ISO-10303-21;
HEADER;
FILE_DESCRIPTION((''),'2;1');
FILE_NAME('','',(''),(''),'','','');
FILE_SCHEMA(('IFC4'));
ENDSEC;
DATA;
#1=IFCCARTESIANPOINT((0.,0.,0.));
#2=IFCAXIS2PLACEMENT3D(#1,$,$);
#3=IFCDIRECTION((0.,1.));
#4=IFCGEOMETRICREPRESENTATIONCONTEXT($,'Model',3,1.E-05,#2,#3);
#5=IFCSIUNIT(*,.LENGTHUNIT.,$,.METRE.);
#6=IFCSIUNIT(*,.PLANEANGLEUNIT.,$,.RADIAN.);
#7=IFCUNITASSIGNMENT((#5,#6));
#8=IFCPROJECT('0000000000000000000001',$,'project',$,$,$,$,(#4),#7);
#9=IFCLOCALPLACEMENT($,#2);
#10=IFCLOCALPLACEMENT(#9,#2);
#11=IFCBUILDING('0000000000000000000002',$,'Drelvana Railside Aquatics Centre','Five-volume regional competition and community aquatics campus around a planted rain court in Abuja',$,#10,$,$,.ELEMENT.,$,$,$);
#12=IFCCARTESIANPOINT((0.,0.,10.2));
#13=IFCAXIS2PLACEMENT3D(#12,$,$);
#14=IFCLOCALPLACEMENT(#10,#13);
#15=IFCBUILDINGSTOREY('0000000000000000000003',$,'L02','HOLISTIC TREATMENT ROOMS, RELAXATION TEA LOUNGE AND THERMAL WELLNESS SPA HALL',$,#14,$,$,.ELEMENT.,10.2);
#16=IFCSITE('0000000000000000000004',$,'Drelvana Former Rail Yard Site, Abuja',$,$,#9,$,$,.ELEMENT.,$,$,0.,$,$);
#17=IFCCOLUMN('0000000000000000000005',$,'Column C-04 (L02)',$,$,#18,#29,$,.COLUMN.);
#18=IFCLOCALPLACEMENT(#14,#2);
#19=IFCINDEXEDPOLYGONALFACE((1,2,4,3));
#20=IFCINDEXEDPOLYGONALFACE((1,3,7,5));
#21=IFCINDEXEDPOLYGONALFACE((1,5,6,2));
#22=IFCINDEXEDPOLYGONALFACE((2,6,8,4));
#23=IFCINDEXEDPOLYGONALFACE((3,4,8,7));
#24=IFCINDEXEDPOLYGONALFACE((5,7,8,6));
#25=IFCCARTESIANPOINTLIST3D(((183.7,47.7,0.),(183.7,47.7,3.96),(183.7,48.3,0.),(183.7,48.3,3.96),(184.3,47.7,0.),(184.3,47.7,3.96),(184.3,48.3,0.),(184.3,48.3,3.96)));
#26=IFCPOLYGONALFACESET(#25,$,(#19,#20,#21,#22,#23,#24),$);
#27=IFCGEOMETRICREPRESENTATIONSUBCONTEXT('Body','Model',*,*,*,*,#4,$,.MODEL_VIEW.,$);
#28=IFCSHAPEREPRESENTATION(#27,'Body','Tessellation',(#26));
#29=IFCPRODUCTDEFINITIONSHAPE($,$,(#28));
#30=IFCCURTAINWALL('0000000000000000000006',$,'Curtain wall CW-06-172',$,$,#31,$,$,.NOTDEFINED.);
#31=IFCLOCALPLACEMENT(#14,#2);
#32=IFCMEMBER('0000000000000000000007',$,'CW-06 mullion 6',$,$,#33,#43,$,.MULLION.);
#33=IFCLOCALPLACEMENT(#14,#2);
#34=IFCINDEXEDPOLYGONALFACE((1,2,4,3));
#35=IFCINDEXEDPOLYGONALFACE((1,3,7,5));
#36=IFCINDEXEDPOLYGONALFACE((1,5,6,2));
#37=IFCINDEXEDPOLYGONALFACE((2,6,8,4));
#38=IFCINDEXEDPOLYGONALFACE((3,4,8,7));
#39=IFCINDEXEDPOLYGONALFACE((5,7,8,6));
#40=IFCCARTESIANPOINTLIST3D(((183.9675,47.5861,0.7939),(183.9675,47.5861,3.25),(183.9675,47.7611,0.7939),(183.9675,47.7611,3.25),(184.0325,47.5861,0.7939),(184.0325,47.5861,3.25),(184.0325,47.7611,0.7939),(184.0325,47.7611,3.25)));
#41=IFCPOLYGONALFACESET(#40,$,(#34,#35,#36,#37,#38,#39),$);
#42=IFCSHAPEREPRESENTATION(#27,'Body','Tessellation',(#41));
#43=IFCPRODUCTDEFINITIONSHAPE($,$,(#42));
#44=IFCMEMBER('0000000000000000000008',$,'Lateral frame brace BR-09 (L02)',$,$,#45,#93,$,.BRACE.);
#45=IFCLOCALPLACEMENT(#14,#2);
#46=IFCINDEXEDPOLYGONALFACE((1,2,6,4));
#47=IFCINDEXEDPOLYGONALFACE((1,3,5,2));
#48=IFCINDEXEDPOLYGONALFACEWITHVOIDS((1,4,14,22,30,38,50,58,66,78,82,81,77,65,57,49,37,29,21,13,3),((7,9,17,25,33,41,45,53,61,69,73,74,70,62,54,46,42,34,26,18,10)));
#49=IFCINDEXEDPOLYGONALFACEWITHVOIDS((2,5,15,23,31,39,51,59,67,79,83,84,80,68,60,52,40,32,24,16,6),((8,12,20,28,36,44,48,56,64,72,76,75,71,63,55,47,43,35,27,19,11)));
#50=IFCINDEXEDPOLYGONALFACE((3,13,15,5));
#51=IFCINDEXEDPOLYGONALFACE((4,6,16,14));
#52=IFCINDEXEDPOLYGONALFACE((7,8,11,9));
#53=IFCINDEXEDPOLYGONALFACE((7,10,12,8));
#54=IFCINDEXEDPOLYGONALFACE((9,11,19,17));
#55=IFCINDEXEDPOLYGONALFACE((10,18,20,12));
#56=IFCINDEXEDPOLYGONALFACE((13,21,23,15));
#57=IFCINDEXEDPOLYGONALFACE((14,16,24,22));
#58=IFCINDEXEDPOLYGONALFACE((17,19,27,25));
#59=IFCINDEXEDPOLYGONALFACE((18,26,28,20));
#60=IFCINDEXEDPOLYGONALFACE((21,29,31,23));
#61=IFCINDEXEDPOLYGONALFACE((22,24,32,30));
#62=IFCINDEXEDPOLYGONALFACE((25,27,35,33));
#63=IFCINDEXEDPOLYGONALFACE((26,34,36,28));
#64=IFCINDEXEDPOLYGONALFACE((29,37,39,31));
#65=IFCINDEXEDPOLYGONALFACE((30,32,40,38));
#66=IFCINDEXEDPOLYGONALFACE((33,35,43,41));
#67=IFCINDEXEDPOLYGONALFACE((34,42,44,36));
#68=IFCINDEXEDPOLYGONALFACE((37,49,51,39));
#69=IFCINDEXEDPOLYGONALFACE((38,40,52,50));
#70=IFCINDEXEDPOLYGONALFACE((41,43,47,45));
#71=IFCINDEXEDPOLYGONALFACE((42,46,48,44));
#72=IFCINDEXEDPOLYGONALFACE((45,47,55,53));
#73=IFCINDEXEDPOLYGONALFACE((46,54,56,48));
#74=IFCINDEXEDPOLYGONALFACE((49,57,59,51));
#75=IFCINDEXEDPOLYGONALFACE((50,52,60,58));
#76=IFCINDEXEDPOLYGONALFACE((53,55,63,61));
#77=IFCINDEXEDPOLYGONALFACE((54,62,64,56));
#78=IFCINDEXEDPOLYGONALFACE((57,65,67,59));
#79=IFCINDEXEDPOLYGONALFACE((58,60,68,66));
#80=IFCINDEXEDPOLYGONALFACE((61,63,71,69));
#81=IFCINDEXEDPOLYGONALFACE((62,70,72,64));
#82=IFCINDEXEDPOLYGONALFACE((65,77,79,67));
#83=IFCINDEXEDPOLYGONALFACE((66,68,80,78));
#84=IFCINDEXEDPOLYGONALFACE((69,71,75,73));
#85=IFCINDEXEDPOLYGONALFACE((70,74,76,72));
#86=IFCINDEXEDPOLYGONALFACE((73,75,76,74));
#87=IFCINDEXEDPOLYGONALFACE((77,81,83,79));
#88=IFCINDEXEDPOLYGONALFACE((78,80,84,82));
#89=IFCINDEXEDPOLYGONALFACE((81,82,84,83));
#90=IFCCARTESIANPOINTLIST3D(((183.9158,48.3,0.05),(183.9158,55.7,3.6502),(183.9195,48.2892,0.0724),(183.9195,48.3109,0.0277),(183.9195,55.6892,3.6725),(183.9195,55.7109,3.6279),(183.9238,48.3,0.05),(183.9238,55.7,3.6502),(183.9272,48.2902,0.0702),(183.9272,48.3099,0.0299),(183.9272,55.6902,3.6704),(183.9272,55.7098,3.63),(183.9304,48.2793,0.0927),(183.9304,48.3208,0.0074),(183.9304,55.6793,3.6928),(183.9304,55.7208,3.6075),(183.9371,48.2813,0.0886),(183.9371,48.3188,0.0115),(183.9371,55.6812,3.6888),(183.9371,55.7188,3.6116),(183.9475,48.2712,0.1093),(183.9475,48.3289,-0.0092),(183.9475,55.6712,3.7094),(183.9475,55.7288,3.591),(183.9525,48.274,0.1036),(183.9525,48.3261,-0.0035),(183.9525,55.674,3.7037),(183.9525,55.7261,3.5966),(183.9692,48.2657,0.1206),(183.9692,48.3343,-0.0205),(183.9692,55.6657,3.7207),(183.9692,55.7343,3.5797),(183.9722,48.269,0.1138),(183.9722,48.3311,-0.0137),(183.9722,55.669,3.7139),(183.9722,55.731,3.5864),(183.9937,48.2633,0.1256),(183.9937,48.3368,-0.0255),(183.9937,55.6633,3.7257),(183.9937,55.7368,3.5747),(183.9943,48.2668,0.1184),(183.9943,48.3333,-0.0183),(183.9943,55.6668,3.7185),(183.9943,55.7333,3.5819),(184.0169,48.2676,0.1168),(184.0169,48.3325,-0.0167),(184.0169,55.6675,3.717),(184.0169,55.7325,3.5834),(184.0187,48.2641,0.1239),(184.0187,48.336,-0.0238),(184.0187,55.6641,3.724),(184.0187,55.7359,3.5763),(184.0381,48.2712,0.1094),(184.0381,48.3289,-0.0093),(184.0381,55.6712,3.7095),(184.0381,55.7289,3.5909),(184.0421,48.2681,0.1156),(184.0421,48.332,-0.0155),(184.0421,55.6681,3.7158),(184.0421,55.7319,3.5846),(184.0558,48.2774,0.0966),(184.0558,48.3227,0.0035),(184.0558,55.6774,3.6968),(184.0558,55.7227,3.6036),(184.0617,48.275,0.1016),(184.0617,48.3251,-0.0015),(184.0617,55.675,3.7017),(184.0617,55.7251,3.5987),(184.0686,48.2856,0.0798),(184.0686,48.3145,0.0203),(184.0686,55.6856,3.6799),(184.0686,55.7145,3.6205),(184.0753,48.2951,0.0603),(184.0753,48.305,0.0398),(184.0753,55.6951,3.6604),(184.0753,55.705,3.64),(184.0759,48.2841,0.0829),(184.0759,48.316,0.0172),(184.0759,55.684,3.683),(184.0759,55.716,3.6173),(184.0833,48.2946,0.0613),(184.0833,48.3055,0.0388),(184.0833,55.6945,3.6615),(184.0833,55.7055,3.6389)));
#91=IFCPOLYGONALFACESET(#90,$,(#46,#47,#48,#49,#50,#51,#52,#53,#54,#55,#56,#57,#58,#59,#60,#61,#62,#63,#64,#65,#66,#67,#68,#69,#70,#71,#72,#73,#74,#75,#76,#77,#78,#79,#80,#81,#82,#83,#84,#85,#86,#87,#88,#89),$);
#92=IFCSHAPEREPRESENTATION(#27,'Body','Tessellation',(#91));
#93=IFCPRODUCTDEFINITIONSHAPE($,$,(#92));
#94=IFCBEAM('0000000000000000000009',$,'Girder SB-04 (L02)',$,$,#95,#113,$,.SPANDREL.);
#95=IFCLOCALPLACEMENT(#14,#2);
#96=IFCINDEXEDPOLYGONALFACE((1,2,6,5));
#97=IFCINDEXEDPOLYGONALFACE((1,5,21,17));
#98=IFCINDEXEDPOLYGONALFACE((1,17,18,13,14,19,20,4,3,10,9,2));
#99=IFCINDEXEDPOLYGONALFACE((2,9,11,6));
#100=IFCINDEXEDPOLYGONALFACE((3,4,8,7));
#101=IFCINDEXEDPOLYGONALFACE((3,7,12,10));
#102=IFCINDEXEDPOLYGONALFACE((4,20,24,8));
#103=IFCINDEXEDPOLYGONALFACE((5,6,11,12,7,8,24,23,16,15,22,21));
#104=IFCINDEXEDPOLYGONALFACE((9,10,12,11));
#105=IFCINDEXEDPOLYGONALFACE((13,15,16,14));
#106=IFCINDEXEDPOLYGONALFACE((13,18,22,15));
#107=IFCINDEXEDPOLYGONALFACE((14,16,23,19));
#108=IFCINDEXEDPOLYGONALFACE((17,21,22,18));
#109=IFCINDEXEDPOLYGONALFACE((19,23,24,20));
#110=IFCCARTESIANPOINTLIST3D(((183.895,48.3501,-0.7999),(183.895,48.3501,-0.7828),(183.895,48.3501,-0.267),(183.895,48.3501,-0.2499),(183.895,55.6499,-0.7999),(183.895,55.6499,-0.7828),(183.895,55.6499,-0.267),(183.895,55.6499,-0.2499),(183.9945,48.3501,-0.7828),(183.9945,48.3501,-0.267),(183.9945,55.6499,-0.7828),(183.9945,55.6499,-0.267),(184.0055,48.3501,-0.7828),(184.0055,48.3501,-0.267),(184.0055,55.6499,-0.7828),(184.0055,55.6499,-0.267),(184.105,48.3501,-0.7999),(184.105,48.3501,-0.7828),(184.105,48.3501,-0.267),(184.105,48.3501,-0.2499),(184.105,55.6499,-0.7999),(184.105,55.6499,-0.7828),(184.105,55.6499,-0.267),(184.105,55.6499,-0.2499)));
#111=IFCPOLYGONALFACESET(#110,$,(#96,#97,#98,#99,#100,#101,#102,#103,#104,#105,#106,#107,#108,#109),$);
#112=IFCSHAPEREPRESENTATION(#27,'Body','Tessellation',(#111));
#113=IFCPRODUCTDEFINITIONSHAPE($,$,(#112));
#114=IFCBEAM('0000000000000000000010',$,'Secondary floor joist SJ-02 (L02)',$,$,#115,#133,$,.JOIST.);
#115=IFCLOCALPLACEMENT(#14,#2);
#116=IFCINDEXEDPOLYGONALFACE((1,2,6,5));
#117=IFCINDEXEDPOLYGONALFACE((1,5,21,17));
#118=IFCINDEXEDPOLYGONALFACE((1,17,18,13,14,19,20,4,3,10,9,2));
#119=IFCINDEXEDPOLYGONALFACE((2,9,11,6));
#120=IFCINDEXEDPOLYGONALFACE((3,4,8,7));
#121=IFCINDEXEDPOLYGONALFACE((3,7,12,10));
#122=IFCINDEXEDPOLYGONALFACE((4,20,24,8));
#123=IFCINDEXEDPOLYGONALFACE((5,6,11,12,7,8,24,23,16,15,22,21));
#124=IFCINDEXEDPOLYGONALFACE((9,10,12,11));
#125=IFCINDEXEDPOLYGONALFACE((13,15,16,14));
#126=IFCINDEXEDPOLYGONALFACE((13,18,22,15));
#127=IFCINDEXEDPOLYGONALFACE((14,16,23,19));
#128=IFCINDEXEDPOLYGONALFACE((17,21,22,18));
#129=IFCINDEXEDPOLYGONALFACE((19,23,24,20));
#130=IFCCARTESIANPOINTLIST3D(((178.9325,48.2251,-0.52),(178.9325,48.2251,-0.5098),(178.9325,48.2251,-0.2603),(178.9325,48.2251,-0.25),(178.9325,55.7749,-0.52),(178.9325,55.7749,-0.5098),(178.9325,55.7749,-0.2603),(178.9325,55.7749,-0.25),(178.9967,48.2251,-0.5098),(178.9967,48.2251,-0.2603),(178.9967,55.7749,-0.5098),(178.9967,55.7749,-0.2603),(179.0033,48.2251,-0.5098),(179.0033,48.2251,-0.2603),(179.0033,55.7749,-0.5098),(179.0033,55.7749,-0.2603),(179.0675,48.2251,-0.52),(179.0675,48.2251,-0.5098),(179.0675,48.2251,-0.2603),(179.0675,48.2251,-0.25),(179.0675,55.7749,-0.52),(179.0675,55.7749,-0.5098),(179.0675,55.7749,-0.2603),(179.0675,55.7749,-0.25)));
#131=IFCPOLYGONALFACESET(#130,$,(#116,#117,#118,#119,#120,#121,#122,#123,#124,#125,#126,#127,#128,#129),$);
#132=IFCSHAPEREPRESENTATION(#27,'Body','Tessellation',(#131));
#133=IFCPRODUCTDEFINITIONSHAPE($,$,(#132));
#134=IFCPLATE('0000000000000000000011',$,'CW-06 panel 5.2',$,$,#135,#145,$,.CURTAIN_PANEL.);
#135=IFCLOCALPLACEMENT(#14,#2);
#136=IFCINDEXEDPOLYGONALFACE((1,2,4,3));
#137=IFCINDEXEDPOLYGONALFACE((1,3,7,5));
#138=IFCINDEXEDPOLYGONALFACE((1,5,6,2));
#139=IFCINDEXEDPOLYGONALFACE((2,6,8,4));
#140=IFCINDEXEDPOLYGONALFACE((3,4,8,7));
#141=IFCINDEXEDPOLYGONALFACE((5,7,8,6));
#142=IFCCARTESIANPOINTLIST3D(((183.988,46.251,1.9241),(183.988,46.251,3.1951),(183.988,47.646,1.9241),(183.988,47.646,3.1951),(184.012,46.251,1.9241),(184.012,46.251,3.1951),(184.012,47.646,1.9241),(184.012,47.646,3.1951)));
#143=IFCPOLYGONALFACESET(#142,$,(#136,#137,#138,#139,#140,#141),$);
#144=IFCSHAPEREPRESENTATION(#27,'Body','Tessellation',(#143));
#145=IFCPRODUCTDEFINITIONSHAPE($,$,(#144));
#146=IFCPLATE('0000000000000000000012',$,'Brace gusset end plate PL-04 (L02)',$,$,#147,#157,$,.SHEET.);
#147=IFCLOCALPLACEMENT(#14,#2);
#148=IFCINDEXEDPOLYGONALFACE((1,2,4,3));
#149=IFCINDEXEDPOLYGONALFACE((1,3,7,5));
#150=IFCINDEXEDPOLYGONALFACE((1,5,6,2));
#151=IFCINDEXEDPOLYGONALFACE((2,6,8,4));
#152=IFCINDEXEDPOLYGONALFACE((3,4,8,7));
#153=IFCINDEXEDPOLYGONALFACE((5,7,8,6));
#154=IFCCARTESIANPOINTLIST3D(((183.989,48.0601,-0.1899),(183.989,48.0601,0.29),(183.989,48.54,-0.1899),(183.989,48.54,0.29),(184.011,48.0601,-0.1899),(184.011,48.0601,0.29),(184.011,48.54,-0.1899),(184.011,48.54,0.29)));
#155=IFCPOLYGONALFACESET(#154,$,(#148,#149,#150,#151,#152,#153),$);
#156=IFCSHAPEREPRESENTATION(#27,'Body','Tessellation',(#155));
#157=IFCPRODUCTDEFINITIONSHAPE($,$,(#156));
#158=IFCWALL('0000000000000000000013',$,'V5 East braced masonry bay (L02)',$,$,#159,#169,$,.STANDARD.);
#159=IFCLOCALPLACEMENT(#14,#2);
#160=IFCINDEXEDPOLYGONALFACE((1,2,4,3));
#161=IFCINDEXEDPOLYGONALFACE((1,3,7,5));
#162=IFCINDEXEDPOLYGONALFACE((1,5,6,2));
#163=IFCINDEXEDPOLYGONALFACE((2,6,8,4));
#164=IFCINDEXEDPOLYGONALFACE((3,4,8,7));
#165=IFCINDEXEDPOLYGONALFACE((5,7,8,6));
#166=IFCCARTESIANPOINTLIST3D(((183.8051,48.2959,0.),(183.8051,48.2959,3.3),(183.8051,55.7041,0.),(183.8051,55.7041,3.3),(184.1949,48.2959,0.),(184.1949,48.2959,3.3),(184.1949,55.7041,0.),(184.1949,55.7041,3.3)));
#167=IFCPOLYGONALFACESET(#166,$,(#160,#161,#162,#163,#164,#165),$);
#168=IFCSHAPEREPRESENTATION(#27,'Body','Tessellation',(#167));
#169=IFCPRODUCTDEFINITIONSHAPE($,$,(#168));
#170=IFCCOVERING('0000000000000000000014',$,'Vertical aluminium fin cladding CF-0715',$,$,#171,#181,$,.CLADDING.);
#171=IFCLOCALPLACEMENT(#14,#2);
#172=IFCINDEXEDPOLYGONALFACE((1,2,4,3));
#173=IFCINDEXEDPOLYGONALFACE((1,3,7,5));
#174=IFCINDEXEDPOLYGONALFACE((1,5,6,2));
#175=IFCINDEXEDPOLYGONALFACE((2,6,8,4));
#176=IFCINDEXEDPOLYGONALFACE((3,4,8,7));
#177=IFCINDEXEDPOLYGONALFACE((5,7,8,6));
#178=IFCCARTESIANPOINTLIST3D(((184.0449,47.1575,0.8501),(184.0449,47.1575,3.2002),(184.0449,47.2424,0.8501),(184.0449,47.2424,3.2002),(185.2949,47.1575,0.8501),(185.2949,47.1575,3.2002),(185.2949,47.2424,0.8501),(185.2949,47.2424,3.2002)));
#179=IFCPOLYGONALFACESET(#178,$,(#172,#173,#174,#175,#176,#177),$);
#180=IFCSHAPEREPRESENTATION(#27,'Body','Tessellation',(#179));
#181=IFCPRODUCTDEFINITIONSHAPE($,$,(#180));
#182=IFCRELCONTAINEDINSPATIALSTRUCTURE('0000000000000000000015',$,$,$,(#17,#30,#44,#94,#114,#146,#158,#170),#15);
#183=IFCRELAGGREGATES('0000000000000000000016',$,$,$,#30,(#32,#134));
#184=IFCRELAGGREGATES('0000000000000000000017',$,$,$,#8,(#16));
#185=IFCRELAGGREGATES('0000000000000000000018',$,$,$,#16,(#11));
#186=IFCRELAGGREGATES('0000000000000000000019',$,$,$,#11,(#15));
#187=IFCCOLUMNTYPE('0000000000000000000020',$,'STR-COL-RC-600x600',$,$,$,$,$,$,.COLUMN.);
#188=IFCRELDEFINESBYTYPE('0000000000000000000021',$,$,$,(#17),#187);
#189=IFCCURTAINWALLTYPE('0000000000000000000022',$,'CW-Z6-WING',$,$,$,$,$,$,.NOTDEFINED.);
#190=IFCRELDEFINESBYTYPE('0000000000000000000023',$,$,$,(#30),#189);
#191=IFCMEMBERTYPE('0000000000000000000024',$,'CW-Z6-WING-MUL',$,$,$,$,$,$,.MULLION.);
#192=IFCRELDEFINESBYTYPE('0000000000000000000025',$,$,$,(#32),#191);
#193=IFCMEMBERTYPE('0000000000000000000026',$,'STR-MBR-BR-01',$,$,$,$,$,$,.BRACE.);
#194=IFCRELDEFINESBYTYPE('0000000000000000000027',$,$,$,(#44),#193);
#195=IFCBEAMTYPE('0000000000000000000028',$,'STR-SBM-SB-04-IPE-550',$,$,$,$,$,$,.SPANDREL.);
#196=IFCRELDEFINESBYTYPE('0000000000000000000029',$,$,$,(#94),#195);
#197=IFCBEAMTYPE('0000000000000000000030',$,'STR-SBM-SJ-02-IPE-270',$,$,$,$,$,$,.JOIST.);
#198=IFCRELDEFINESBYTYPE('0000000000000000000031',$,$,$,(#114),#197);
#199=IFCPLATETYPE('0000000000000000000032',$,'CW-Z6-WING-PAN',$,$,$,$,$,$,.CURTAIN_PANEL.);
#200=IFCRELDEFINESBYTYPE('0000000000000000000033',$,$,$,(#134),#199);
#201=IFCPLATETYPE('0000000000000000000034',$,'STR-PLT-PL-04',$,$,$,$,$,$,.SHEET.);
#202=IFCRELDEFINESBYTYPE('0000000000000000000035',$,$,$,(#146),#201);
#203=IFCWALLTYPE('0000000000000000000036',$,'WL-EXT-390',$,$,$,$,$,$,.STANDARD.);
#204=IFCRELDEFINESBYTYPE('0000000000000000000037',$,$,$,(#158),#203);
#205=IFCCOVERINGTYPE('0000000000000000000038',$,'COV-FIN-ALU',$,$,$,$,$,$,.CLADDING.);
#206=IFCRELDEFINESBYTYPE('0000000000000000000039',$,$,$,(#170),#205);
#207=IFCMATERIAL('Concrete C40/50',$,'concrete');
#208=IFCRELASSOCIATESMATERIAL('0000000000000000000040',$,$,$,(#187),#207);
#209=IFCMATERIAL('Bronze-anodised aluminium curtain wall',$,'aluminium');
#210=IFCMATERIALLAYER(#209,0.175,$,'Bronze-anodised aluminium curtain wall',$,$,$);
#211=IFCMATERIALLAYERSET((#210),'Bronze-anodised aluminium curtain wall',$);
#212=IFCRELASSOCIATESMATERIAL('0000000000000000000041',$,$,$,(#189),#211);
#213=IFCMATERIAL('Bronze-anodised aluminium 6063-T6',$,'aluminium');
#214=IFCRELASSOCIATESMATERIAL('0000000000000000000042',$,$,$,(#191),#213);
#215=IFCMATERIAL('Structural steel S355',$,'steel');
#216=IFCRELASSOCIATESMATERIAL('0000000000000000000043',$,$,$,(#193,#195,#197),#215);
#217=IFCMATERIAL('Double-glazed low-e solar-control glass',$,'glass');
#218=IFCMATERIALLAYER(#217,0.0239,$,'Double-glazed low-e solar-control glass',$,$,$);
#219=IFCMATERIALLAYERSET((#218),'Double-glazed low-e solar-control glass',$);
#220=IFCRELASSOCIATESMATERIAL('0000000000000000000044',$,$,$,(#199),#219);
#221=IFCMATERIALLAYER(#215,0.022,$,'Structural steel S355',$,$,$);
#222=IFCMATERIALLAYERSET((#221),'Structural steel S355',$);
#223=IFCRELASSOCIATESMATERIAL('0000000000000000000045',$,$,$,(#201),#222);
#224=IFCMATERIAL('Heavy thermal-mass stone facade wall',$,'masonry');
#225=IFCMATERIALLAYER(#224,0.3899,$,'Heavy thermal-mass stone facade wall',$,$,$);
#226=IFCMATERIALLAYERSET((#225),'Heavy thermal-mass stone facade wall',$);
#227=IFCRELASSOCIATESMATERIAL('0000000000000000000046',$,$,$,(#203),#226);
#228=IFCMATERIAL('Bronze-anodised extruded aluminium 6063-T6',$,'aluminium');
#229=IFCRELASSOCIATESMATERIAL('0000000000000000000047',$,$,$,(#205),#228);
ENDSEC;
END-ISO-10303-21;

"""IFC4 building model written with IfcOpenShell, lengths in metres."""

from ifc_helpers import new_model, si_unit, direction, frame, frame_2d, origin, origin_2d, place, context, subcontext, project, spatial, rectangle, hollow_circle, i_section, extrude, material, layer, layer_set, material_profile, profile_set, type_object, element, aggregate, save


model = new_model("IFC4")

# Units and contexts
model_context = context("Model", 3, precision=1e-05, world=origin(), true_north=direction((0.0, 1.0)))
body_context = subcontext(model_context, "Body", "Model", "MODEL_VIEW")
ifc_project = project(units=[si_unit("LENGTHUNIT", "METRE"), si_unit("PLANEANGLEUNIT", "RADIAN")], contexts=[model_context])

# Site, building, storey
site_placement = place(None, origin())
site = spatial("IfcSite", under=ifc_project, at=site_placement, Name="Drelvana Former Rail Yard Site, Abuja", CompositionType="ELEMENT", RefElevation=0.0)
building_placement = place(site_placement, origin())
building = spatial("IfcBuilding", under=site, at=building_placement, Name="Drelvana Railside Aquatics Centre", Description="Five-volume regional competition and community aquatics campus around a planted rain court in Abuja", CompositionType="ELEMENT")
storey_placement = place(building_placement, frame((0.0, 0.0, 10.2)))
storey = spatial("IfcBuildingStorey", under=building, at=storey_placement, Name="L02", Description="HOLISTIC TREATMENT ROOMS, RELAXATION TEA LOUNGE AND THERMAL WELLNESS SPA HALL", CompositionType="ELEMENT", Elevation=10.2)

# Column
ifc_material_1 = material(Name="Concrete C40/50", Category="concrete")
ifc_material_profile_1 = material_profile(ifc_material_1, rectangle(XDim=0.6001, YDim=0.6001, at=origin_2d()), Name="RC 600x600")
ifc_profile_set_1 = profile_set([ifc_material_profile_1], Name="Concrete C40/50")
column_type = type_object("IfcColumnType", Name="STR-COL-RC-600x600", PredefinedType="COLUMN", material=ifc_profile_set_1)
column_placement = place(storey_placement, frame((184.0, 48.0, 0.0), z_axis=(0.0, 0.0, 1.0), x_axis=(1.0, 0.0, 0.0)))
element("IfcColumn", 1, at=column_placement, inside=storey, type_object=column_type, Name="Column C-04 (L02)", PredefinedType="COLUMN", context=body_context, shape_type="SweptSolid", body=[
    extrude(rectangle(XDim=0.6001, YDim=0.6001, at=origin_2d()), origin(), (0.0, 0.0, 1.0), 3.96),
])

# Curtain wall, member
ifc_material_2 = material(Name="Bronze-anodised aluminium curtain wall", Category="aluminium")
ifc_layer_1 = layer(ifc_material_2, 0.175, Name="Bronze-anodised aluminium curtain wall")
ifc_layer_set_1 = layer_set([ifc_layer_1], Name="Bronze-anodised aluminium curtain wall")
curtain_wall_type = type_object("IfcCurtainWallType", Name="CW-Z6-WING", PredefinedType="NOTDEFINED", material=ifc_layer_set_1)
curtain_wall_placement = place(storey_placement, origin())
curtain_wall = element("IfcCurtainWall", 2, at=curtain_wall_placement, inside=storey, type_object=curtain_wall_type, Name="Curtain wall CW-06-172", PredefinedType="NOTDEFINED")
ifc_material_3 = material(Name="Bronze-anodised aluminium 6063-T6", Category="aluminium")
ifc_material_profile_2 = material_profile(ifc_material_3, rectangle(XDim=0.0649, YDim=0.175, at=origin_2d()), Name="ALU-M 65x175")
ifc_profile_set_2 = profile_set([ifc_material_profile_2], Name="Bronze-anodised aluminium 6063-T6")
member_type_1 = type_object("IfcMemberType", Name="CW-Z6-WING-MUL", PredefinedType="MULLION", material=ifc_profile_set_2)
member_1_placement = place(storey_placement, frame((184.0, 47.6736, 0.7939), z_axis=(0.0, 0.0, 1.0), x_axis=(-1.0, 0.0, 0.0)))
member_1 = element("IfcMember", 3, at=member_1_placement, type_object=member_type_1, Name="CW-06 mullion 6", PredefinedType="MULLION", context=body_context, shape_type="SweptSolid", body=[
    extrude(rectangle(XDim=0.0649, YDim=0.175, at=origin_2d()), origin(), (0.0, 0.0, 1.0), 2.4561),
])

# Member
ifc_material_4 = material(Name="Structural steel S355", Category="steel")
ifc_material_profile_3 = material_profile(ifc_material_4, hollow_circle(Radius=0.0842, WallThickness=0.0081, at=origin_2d()), Name="CHS 168.3x8")
ifc_profile_set_3 = profile_set([ifc_material_profile_3], Name="Structural steel S355")
member_type_2 = type_object("IfcMemberType", Name="STR-MBR-BR-01", PredefinedType="BRACE", material=ifc_profile_set_3)
member_2_placement = place(storey_placement, frame((184.0, 48.3, 0.05), z_axis=(0.0, 0.899228, 0.43748), x_axis=(-1.0, 0.0, 0.0)))
element("IfcMember", 4, at=member_2_placement, inside=storey, type_object=member_type_2, Name="Lateral frame brace BR-09 (L02)", PredefinedType="BRACE", context=body_context, shape_type="SweptSolid", body=[
    extrude(hollow_circle(Radius=0.0842, WallThickness=0.0081, at=origin_2d()), origin(), (0.0, 0.0, 1.0), 8.2292),
])

# Beams
ifc_material_profile_4 = material_profile(ifc_material_4, i_section(OverallWidth=0.21, OverallDepth=0.55, WebThickness=0.011, FlangeThickness=0.0171, at=origin_2d()), Name="IPE 550")
ifc_profile_set_4 = profile_set([ifc_material_profile_4], Name="Structural steel S355")
beam_type_1 = type_object("IfcBeamType", Name="STR-SBM-SB-04-IPE-550", PredefinedType="SPANDREL", material=ifc_profile_set_4)
beam_1_placement = place(storey_placement, frame((184.0, 48.3501, -0.5249), z_axis=(0.0, 1.0, 0.0), x_axis=(-1.0, 0.0, 0.0)))
element("IfcBeam", 5, at=beam_1_placement, inside=storey, type_object=beam_type_1, Name="Girder SB-04 (L02)", PredefinedType="SPANDREL", context=body_context, shape_type="SweptSolid", body=[
    extrude(i_section(OverallWidth=0.21, OverallDepth=0.55, WebThickness=0.011, FlangeThickness=0.0171, at=origin_2d()), origin(), (0.0, 0.0, 1.0), 7.2998),
])
ifc_material_profile_5 = material_profile(ifc_material_4, i_section(OverallWidth=0.135, OverallDepth=0.27, WebThickness=0.0066, FlangeThickness=0.0103, at=origin_2d()), Name="IPE 270")
ifc_profile_set_5 = profile_set([ifc_material_profile_5], Name="Structural steel S355")
beam_type_2 = type_object("IfcBeamType", Name="STR-SBM-SJ-02-IPE-270", PredefinedType="JOIST", material=ifc_profile_set_5)
beam_2_placement = place(storey_placement, frame((179.0, 48.2251, -0.385), z_axis=(0.0, 1.0, 0.0), x_axis=(-1.0, 0.0, 0.0)))
element("IfcBeam", 6, at=beam_2_placement, inside=storey, type_object=beam_type_2, Name="Secondary floor joist SJ-02 (L02)", PredefinedType="JOIST", context=body_context, shape_type="SweptSolid", body=[
    extrude(i_section(OverallWidth=0.135, OverallDepth=0.27, WebThickness=0.0066, FlangeThickness=0.0103, at=origin_2d()), origin(), (0.0, 0.0, 1.0), 7.5498),
])

# Plates
ifc_material_5 = material(Name="Double-glazed low-e solar-control glass", Category="glass")
ifc_layer_2 = layer(ifc_material_5, 0.0239, Name="Double-glazed low-e solar-control glass")
ifc_layer_set_2 = layer_set([ifc_layer_2], Name="Double-glazed low-e solar-control glass")
plate_type_1 = type_object("IfcPlateType", Name="CW-Z6-WING-PAN", PredefinedType="CURTAIN_PANEL", material=ifc_layer_set_2)
plate_1_placement = place(storey_placement, frame((184.0, 46.9485, 1.9241), z_axis=(0.0, 0.0, 1.0), x_axis=(0.0, 1.0, 0.0)))
plate_1 = element("IfcPlate", 7, at=plate_1_placement, type_object=plate_type_1, Name="CW-06 panel 5.2", PredefinedType="CURTAIN_PANEL", context=body_context, shape_type="SweptSolid", body=[
    extrude(rectangle(XDim=1.395, YDim=0.0239, at=origin_2d()), origin(), (0.0, 0.0, 1.0), 1.271),
])
aggregate(curtain_wall, [member_1, plate_1])
ifc_layer_3 = layer(ifc_material_4, 0.022, Name="Structural steel S355")
ifc_layer_set_3 = layer_set([ifc_layer_3], Name="Structural steel S355")
plate_type_2 = type_object("IfcPlateType", Name="STR-PLT-PL-04", PredefinedType="SHEET", material=ifc_layer_set_3)
plate_2_placement = place(storey_placement, frame((184.0, 48.3, -0.1899), z_axis=(0.0, 0.0, 1.0), x_axis=(1.0, 0.0, 0.0)))
element("IfcPlate", 8, at=plate_2_placement, inside=storey, type_object=plate_type_2, Name="Brace gusset end plate PL-04 (L02)", PredefinedType="SHEET", context=body_context, shape_type="SweptSolid", body=[
    extrude(rectangle(XDim=0.022, YDim=0.48, at=origin_2d()), origin(), (0.0, 0.0, 1.0), 0.48),
])

# Wall
ifc_material_6 = material(Name="Heavy thermal-mass stone facade wall", Category="masonry")
ifc_layer_4 = layer(ifc_material_6, 0.3899, Name="Heavy thermal-mass stone facade wall")
ifc_layer_set_4 = layer_set([ifc_layer_4], Name="Heavy thermal-mass stone facade wall")
wall_type = type_object("IfcWallType", Name="WL-EXT-390", PredefinedType="STANDARD", material=ifc_layer_set_4)
wall_placement = place(storey_placement, frame((184.0, 48.2959, 0.0), z_axis=(0.0, 0.0, 1.0), x_axis=(0.0, 1.0, 0.0)))
element("IfcWall", 9, at=wall_placement, inside=storey, type_object=wall_type, Name="V5 East braced masonry bay (L02)", PredefinedType="STANDARD", context=body_context, shape_type="SweptSolid", body=[
    extrude(rectangle(XDim=7.4082, YDim=0.3899, at=frame_2d((3.7041, 0.0))), origin(), (0.0, 0.0, 1.0), 3.3),
])

# Covering
ifc_material_7 = material(Name="Bronze-anodised extruded aluminium 6063-T6", Category="aluminium")
covering_type = type_object("IfcCoveringType", Name="COV-FIN-ALU", PredefinedType="CLADDING", material=ifc_material_7)
covering_placement = place(storey_placement, frame((184.6699, 47.2, 0.8501), z_axis=(0.0, 0.0, 1.0), x_axis=(0.0, -1.0, 0.0)))
element("IfcCovering", 10, at=covering_placement, inside=storey, type_object=covering_type, Name="Vertical aluminium fin cladding CF-0715", PredefinedType="CLADDING", context=body_context, shape_type="SweptSolid", body=[
    extrude(rectangle(XDim=0.085, YDim=1.25, at=origin_2d()), origin(), (0.0, 0.0, 1.0), 2.3501),
])

save(model, "model.ifc")
